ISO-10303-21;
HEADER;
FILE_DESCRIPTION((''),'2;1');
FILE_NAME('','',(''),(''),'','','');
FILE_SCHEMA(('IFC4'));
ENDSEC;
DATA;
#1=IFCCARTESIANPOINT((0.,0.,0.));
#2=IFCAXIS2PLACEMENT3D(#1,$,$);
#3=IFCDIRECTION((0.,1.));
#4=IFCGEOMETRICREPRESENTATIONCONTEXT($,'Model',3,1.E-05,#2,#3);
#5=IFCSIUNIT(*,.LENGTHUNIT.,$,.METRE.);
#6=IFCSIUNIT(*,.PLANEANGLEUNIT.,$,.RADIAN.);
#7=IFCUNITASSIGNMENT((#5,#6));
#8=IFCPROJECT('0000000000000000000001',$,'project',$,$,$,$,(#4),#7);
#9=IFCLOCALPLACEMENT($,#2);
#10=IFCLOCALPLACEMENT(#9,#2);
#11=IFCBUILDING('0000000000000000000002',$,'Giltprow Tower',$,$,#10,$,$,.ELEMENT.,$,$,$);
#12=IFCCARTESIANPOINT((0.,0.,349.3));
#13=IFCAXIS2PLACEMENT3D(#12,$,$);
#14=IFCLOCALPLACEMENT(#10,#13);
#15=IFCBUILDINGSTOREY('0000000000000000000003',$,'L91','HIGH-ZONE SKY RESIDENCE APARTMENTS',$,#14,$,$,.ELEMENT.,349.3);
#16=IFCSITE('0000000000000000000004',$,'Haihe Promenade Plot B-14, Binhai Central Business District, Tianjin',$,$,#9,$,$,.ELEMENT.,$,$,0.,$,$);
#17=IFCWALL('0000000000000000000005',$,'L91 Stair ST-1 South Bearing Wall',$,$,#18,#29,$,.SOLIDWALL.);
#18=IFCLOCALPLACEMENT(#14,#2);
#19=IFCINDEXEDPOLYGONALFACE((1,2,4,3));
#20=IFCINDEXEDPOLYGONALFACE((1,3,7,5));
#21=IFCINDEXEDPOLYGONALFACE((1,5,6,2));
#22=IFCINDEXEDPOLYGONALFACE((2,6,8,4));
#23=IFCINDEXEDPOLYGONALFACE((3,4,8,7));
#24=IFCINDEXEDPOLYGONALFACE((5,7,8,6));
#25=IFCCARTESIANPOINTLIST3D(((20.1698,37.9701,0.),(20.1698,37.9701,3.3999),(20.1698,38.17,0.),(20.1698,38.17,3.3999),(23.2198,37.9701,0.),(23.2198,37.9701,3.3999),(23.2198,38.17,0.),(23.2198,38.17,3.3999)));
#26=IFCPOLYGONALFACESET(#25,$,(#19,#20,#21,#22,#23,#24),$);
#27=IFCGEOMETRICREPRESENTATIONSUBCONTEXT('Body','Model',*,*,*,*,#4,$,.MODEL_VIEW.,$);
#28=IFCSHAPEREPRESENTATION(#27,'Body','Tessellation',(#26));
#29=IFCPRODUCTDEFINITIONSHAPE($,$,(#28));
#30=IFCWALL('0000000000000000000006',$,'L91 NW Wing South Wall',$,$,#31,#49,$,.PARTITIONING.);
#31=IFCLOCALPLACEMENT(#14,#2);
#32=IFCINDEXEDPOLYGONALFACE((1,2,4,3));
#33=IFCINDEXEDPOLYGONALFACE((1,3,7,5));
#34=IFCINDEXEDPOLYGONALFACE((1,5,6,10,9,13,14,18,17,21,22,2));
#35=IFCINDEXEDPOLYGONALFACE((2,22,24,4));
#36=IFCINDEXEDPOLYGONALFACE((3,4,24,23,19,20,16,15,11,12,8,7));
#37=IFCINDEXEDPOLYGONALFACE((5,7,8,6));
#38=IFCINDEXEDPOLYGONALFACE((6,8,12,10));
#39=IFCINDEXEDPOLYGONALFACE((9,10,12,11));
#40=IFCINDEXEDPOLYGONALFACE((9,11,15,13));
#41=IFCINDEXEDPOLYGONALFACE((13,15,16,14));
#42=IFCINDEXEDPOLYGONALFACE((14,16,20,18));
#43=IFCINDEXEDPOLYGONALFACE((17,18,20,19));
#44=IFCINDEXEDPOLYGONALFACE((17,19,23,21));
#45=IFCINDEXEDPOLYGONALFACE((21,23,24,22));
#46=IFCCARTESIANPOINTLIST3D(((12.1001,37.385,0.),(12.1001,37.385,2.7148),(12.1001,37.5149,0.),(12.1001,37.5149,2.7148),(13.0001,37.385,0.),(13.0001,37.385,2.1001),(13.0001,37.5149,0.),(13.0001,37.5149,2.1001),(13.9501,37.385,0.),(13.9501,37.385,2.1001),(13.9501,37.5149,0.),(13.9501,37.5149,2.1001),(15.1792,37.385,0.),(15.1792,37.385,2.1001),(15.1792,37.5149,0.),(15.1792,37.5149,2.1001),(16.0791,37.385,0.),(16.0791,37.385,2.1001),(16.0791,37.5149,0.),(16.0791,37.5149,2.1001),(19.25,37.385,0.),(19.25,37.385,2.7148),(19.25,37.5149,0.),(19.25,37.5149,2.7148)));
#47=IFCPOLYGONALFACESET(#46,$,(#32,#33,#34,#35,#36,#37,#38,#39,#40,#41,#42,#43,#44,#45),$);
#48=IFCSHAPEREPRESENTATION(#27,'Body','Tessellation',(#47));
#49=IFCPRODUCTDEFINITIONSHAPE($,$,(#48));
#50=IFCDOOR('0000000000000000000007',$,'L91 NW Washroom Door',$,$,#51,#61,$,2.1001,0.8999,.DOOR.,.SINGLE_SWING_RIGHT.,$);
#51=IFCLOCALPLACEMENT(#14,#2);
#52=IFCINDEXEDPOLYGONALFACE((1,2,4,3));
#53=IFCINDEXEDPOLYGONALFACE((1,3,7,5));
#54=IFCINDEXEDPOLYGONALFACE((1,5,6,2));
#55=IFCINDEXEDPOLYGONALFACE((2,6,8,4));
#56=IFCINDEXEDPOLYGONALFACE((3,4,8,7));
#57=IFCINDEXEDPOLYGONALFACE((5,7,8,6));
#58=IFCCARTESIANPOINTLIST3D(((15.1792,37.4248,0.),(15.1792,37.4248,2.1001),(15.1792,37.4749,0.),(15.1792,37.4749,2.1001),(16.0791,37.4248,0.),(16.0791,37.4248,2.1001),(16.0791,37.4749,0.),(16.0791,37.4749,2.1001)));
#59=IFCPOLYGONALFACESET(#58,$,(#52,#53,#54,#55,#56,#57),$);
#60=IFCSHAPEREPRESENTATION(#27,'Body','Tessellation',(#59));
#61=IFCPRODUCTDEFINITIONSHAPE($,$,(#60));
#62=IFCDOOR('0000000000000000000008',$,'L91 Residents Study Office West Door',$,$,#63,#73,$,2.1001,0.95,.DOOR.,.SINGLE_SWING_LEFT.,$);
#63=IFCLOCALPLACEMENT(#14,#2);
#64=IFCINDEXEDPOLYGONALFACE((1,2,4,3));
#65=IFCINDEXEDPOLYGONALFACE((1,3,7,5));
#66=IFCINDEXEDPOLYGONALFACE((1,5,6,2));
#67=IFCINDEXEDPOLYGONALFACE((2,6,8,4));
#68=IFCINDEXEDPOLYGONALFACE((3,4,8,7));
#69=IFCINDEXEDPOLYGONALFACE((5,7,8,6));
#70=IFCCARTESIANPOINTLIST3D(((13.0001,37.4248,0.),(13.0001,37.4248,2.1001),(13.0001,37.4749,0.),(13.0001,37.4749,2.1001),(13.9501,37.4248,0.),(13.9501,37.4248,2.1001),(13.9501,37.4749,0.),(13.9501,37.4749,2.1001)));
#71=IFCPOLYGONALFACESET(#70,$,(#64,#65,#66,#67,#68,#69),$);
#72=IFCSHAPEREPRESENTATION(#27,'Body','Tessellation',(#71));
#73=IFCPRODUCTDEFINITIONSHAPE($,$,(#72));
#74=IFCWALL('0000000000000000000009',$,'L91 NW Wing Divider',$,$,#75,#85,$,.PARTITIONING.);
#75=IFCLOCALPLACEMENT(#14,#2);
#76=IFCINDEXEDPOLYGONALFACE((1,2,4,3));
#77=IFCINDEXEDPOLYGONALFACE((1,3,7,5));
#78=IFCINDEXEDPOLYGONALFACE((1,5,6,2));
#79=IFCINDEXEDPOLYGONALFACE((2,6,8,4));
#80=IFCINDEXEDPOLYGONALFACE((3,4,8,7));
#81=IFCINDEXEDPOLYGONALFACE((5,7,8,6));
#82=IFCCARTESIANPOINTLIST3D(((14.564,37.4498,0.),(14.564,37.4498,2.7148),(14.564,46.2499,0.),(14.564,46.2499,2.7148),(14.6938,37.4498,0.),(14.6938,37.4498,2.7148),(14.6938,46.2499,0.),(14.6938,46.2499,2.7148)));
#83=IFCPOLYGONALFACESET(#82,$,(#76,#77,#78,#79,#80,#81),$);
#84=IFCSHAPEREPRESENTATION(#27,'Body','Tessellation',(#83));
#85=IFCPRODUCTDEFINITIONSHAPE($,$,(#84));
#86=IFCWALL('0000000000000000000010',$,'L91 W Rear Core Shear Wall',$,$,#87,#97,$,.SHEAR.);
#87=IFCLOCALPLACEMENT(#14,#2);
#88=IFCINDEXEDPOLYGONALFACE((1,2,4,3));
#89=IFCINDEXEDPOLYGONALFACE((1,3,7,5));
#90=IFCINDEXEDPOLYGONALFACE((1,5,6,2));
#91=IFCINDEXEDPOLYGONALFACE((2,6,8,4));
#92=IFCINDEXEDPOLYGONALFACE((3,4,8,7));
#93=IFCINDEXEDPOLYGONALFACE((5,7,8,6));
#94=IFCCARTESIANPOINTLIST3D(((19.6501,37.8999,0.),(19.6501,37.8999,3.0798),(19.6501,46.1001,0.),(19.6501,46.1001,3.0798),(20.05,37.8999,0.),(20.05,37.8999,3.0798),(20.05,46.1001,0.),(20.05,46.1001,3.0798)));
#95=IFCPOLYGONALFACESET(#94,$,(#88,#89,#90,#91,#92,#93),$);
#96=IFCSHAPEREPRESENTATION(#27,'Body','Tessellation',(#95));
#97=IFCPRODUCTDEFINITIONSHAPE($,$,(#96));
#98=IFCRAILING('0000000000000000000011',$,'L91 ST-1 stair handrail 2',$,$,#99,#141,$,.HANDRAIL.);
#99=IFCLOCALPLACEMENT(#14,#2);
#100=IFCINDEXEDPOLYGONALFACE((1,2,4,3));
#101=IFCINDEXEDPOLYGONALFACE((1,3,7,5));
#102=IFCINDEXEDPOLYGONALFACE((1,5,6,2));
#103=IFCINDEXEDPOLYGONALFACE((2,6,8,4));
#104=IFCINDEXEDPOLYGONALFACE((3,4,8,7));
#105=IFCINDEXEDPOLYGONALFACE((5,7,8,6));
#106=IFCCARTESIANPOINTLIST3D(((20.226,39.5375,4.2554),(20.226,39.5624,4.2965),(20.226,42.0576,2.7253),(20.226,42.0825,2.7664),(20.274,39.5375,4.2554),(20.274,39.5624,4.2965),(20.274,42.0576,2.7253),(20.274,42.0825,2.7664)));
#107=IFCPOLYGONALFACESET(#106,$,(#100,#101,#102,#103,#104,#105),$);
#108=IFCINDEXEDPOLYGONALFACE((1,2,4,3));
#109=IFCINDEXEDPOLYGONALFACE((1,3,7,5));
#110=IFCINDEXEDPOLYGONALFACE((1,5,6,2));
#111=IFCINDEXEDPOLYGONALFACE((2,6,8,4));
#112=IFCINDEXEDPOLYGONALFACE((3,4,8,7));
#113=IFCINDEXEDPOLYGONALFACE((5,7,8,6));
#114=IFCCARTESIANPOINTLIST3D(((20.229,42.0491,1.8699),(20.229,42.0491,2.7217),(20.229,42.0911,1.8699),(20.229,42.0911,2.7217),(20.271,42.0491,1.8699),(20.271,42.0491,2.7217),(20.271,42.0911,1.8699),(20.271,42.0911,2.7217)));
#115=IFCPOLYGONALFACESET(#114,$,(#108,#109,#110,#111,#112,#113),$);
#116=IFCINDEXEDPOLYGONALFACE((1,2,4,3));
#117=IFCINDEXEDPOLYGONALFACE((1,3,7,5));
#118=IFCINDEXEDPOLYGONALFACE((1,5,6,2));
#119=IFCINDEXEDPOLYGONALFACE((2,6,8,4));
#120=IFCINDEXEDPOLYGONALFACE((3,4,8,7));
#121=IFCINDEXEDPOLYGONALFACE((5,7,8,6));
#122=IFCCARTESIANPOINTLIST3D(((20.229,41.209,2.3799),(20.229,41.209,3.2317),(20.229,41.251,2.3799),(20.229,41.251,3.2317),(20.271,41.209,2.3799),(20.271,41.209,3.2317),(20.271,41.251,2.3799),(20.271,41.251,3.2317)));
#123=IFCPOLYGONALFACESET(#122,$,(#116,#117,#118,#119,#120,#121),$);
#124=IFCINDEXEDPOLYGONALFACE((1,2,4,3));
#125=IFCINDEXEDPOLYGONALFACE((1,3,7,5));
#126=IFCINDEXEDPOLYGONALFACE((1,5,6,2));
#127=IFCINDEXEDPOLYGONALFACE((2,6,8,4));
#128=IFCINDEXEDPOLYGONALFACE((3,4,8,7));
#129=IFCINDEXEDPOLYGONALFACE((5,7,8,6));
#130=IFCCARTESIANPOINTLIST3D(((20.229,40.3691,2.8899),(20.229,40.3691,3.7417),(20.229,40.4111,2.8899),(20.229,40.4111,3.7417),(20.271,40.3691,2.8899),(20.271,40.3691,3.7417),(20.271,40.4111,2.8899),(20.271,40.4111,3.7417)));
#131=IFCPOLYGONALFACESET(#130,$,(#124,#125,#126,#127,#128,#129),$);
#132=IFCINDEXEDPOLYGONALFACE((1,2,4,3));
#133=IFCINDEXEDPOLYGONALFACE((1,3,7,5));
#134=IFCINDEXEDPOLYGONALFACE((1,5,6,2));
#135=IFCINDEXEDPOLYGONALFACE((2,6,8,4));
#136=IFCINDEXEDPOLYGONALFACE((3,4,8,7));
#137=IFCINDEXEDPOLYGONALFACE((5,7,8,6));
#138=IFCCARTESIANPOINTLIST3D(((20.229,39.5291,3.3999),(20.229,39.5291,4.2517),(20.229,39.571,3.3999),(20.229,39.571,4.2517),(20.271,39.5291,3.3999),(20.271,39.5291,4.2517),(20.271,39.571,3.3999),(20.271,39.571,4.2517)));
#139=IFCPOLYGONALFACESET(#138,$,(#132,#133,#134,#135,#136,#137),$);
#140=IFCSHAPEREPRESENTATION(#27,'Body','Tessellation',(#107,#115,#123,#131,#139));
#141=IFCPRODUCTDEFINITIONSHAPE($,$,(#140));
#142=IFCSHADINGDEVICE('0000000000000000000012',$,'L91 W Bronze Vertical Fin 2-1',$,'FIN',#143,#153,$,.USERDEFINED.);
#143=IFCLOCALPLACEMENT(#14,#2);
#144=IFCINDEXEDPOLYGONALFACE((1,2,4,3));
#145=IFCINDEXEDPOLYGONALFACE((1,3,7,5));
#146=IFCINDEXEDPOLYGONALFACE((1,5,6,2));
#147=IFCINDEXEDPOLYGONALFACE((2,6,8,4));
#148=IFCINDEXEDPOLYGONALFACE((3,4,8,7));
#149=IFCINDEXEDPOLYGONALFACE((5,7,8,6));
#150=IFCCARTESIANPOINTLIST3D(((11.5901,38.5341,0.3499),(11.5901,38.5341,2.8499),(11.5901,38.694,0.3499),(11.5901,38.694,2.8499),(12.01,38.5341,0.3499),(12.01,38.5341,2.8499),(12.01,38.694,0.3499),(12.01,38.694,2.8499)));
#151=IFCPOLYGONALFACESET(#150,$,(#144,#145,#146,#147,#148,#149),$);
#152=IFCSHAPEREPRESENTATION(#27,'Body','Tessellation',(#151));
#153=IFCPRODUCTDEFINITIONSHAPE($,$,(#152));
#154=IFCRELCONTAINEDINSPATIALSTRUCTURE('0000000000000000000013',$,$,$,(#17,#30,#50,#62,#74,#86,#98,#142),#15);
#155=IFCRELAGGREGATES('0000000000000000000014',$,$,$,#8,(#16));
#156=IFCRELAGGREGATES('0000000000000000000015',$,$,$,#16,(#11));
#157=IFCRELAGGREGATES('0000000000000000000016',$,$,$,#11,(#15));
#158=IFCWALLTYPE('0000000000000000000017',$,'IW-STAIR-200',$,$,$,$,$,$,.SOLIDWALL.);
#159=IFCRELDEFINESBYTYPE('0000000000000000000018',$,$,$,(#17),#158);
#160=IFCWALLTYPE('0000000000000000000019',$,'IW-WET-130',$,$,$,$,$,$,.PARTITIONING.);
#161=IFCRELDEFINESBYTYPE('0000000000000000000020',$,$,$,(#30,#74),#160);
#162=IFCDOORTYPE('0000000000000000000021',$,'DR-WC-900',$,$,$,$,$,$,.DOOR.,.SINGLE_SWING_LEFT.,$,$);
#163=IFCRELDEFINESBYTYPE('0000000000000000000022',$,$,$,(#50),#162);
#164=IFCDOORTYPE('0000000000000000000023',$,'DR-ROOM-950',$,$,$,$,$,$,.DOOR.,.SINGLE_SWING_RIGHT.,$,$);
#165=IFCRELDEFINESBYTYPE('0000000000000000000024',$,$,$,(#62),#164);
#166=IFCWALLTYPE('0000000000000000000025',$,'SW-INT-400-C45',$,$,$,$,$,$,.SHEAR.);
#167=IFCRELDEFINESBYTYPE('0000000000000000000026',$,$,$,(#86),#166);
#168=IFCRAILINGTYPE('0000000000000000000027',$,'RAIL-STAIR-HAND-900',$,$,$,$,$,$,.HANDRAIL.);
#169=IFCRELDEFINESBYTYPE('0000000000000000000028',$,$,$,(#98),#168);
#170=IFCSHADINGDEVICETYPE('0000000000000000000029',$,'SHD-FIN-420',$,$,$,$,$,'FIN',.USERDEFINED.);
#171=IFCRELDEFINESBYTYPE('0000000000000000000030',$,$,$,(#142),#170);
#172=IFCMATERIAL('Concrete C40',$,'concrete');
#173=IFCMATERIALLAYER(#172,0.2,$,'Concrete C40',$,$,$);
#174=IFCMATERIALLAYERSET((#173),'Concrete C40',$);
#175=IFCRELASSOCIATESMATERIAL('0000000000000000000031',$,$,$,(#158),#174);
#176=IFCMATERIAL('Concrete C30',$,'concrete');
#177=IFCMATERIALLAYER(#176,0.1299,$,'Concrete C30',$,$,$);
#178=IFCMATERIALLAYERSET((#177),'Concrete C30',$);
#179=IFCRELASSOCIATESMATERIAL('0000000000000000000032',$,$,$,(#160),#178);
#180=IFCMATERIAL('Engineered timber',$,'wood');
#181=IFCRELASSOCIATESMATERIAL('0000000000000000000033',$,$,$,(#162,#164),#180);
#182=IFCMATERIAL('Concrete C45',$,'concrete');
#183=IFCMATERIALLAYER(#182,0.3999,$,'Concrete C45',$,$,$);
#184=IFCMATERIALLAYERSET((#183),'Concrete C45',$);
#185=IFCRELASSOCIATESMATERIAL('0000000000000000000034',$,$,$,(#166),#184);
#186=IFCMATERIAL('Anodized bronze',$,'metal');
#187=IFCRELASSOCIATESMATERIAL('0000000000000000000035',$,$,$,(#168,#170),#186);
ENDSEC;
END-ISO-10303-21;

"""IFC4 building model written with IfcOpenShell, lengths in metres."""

from ifc_helpers import new_model, si_unit, direction, frame, frame_2d, origin, origin_2d, place, context, subcontext, project, spatial, rectangle, extrude, source, transform, mapped, material, layer, layer_set, type_object, element, fill, save


model = new_model("IFC4")

# Units and contexts
model_context = context("Model", 3, precision=1e-05, world=origin(), true_north=direction((0.0, 1.0)))
body_context = subcontext(model_context, "Body", "Model", "MODEL_VIEW")
ifc_project = project(units=[si_unit("LENGTHUNIT", "METRE"), si_unit("PLANEANGLEUNIT", "RADIAN")], contexts=[model_context])

# Site, building, storey
site_placement = place(None, origin())
site = spatial("IfcSite", under=ifc_project, at=site_placement, Name="Haihe Promenade Plot B-14, Binhai Central Business District, Tianjin", CompositionType="ELEMENT", RefElevation=0.0)
building_placement = place(site_placement, origin())
building = spatial("IfcBuilding", under=site, at=building_placement, Name="Giltprow Tower", CompositionType="ELEMENT")
storey_placement = place(building_placement, frame((0.0, 0.0, 349.3)))
storey = spatial("IfcBuildingStorey", under=building, at=storey_placement, Name="L91", Description="HIGH-ZONE SKY RESIDENCE APARTMENTS", CompositionType="ELEMENT", Elevation=349.3)

# Shared definitions
ifc_material_1 = material(Name="Concrete C45", Category="concrete")

# Wall
ifc_material_2 = material(Name="Concrete C40", Category="concrete")
ifc_layer_1 = layer(ifc_material_2, 0.2, Name="Concrete C40")
ifc_layer_set_1 = layer_set([ifc_layer_1], Name="Concrete C40")
wall_type_1 = type_object("IfcWallType", Name="IW-STAIR-200", PredefinedType="SOLIDWALL", material=ifc_layer_set_1)
wall_1_placement = place(storey_placement, frame((20.1699, 38.0701, 0.0), z_axis=(0.0, 0.0, 1.0), x_axis=(1.0, 0.0, 0.0)))
element("IfcWall", 1, at=wall_1_placement, inside=storey, type_object=wall_type_1, Name="L91 Stair ST-1 South Bearing Wall", PredefinedType="SOLIDWALL", context=body_context, shape_type="SweptSolid", body=[
    extrude(rectangle(XDim=3.05, YDim=0.2, at=frame_2d((1.5249, 0.0))), origin(), (0.0, 0.0, 1.0), 3.3999),
])

# Wall, openings, doors
ifc_material_3 = material(Name="Concrete C30", Category="concrete")
ifc_layer_2 = layer(ifc_material_3, 0.1299, Name="Concrete C30")
ifc_layer_set_2 = layer_set([ifc_layer_2], Name="Concrete C30")
wall_type_2 = type_object("IfcWallType", Name="IW-WET-130", PredefinedType="PARTITIONING", material=ifc_layer_set_2)
wall_2_placement = place(storey_placement, frame((12.1001, 37.45, 0.0), z_axis=(0.0, 0.0, 1.0), x_axis=(1.0, 0.0, 0.0)))
wall_2 = element("IfcWall", 2, at=wall_2_placement, inside=storey, type_object=wall_type_2, Name="L91 NW Wing South Wall", PredefinedType="PARTITIONING", context=body_context, shape_type="SweptSolid", body=[
    extrude(rectangle(XDim=7.1499, YDim=0.1299, at=frame_2d((3.575, 0.0))), origin(), (0.0, 0.0, 1.0), 2.7148),
])
opening_1_placement = place(wall_2_placement, frame((0.8999, 0.0, 0.0)))
opening_1 = element("IfcOpeningElement", 3, at=opening_1_placement, cuts=wall_2, PredefinedType="OPENING", context=body_context, shape_type="SweptSolid", body=[
    extrude(rectangle(XDim=0.95, YDim=2.1001, at=frame_2d((0.4751, 1.05))), frame((0.0, 0.075, 0.0), z_axis=(0.0, -1.0, 0.0), x_axis=(1.0, 0.0, 0.0)), (0.0, 0.0, 1.0), 0.1499),
])
opening_2_placement = place(wall_2_placement, frame((3.0791, 0.0, 0.0)))
opening_2 = element("IfcOpeningElement", 4, at=opening_2_placement, cuts=wall_2, PredefinedType="OPENING", context=body_context, shape_type="SweptSolid", body=[
    extrude(rectangle(XDim=0.8999, YDim=2.1001, at=frame_2d((0.45, 1.05))), frame((0.0, 0.075, 0.0), z_axis=(0.0, -1.0, 0.0), x_axis=(1.0, 0.0, 0.0)), (0.0, 0.0, 1.0), 0.1499),
])
ifc_material_4 = material(Name="Engineered timber", Category="wood")
door_type_1 = type_object("IfcDoorType", Name="DR-WC-900", OperationType="SINGLE_SWING_LEFT", PredefinedType="DOOR", material=ifc_material_4)
shared_shape_1 = source(origin(), body_context, "Body", "SweptSolid", [
    extrude(rectangle(XDim=0.8999, YDim=2.1001, at=frame_2d((0.45, 1.05))), frame((0.0, 0.0249, 0.0), z_axis=(0.0, -1.0, 0.0), x_axis=(1.0, 0.0, 0.0)), (0.0, 0.0, 1.0), 0.05),
])
door_1_placement = place(opening_2_placement, origin())
door_1 = element("IfcDoor", 5, at=door_1_placement, inside=storey, type_object=door_type_1, Name="L91 NW Washroom Door", OperationType="SINGLE_SWING_RIGHT", OverallHeight=2.1001, OverallWidth=0.8999, PredefinedType="DOOR", context=body_context, shape_type="MappedRepresentation", body=[
    mapped(shared_shape_1, transform((0.0, 0.0, 0.0), x_axis=(1.0, 0.0, 0.0), y_axis=(0.0, 1.0, 0.0), z_axis=(0.0, 0.0, 1.0), scale=1.0)),
])
fill(opening_2, door_1)
door_type_2 = type_object("IfcDoorType", Name="DR-ROOM-950", OperationType="SINGLE_SWING_RIGHT", PredefinedType="DOOR", material=ifc_material_4)
shared_shape_2 = source(origin(), body_context, "Body", "SweptSolid", [
    extrude(rectangle(XDim=0.95, YDim=2.1001, at=frame_2d((0.4751, 1.05))), frame((0.0, 0.0249, 0.0), z_axis=(0.0, -1.0, 0.0), x_axis=(1.0, 0.0, 0.0)), (0.0, 0.0, 1.0), 0.05),
])
door_2_placement = place(opening_1_placement, origin())
door_2 = element("IfcDoor", 6, at=door_2_placement, inside=storey, type_object=door_type_2, Name="L91 Residents Study Office West Door", OperationType="SINGLE_SWING_LEFT", OverallHeight=2.1001, OverallWidth=0.95, PredefinedType="DOOR", context=body_context, shape_type="MappedRepresentation", body=[
    mapped(shared_shape_2, transform((0.0, 0.0, 0.0), x_axis=(1.0, 0.0, 0.0), y_axis=(0.0, 1.0, 0.0), z_axis=(0.0, 0.0, 1.0), scale=1.0)),
])
fill(opening_1, door_2)

# Wall
wall_3_placement = place(storey_placement, frame((14.6289, 37.45, 0.0), z_axis=(0.0, 0.0, 1.0), x_axis=(0.0, 1.0, 0.0)))
element("IfcWall", 7, at=wall_3_placement, inside=storey, type_object=wall_type_2, Name="L91 NW Wing Divider", PredefinedType="PARTITIONING", context=body_context, shape_type="SweptSolid", body=[
    extrude(rectangle(XDim=8.8, YDim=0.1299, at=frame_2d((4.3999, 0.0))), origin(), (0.0, 0.0, 1.0), 2.7148),
])

# Shared definitions
ifc_layer_3 = layer(ifc_material_1, 0.3999, Name="Concrete C45")
ifc_layer_set_3 = layer_set([ifc_layer_3], Name="Concrete C45")
wall_type_3 = type_object("IfcWallType", Name="SW-INT-400-C45", PredefinedType="SHEAR", material=ifc_layer_set_3)

# Wall
wall_4_placement = place(storey_placement, frame((19.8501, 37.8999, 0.0), z_axis=(0.0, 0.0, 1.0), x_axis=(0.0, 1.0, 0.0)))
element("IfcWall", 8, at=wall_4_placement, inside=storey, type_object=wall_type_3, Name="L91 W Rear Core Shear Wall", PredefinedType="SHEAR", context=body_context, shape_type="SweptSolid", body=[
    extrude(rectangle(XDim=8.2002, YDim=0.3999, at=frame_2d((4.1001, 0.0))), origin(), (0.0, 0.0, 1.0), 3.0798),
])

# Railing
ifc_material_5 = material(Name="Anodized bronze", Category="metal")
railing_type = type_object("IfcRailingType", Name="RAIL-STAIR-HAND-900", PredefinedType="HANDRAIL", material=ifc_material_5)
railing_placement = place(storey_placement, frame((20.25, 42.0701, 1.8699)))
element("IfcRailing", 9, at=railing_placement, inside=storey, type_object=railing_type, Name="L91 ST-1 stair handrail 2", PredefinedType="HANDRAIL", context=body_context, shape_type="SweptSolid", body=[
    extrude(rectangle(XDim=0.0481, YDim=0.0481, at=origin_2d()), frame((0.0, 0.0, 0.876), z_axis=(0.0, -0.854785, 0.518982), x_axis=(1.0, 0.0, 0.0)), (0.0, 0.0, 1.0), 2.9482),
    extrude(rectangle(XDim=0.042, YDim=0.042, at=origin_2d()), origin(), (0.0, 0.0, 1.0), 0.8518),
    extrude(rectangle(XDim=0.042, YDim=0.042, at=origin_2d()), frame((0.0, -0.8401, 0.51)), (0.0, 0.0, 1.0), 0.8518),
    extrude(rectangle(XDim=0.042, YDim=0.042, at=origin_2d()), frame((0.0, -1.6799, 1.02)), (0.0, 0.0, 1.0), 0.8518),
    extrude(rectangle(XDim=0.042, YDim=0.042, at=origin_2d()), frame((0.0, -2.52, 1.53)), (0.0, 0.0, 1.0), 0.8518),
])

# Shading device
shading_device_type = type_object("IfcShadingDeviceType", Name="SHD-FIN-420", ElementType="FIN", PredefinedType="USERDEFINED", material=ifc_material_5)
shared_shape_3 = source(origin(), body_context, "Body", "SweptSolid", [
    extrude(rectangle(XDim=0.4199, YDim=0.1599, at=origin_2d()), origin(), (0.0, 0.0, 1.0), 2.5),
])
shading_device_placement = place(storey_placement, frame((11.8, 38.614, 0.3499), z_axis=(0.0, 0.0, 1.0), x_axis=(1.0, 0.0, 0.0)))
element("IfcShadingDevice", 10, at=shading_device_placement, inside=storey, type_object=shading_device_type, Name="L91 W Bronze Vertical Fin 2-1", ObjectType="FIN", PredefinedType="USERDEFINED", context=body_context, shape_type="MappedRepresentation", body=[
    mapped(shared_shape_3, transform((0.0, 0.0, 0.0), x_axis=(1.0, 0.0, 0.0), y_axis=(0.0, 1.0, 0.0), z_axis=(0.0, 0.0, 1.0), scale=1.0)),
])

save(model, "model.ifc")
